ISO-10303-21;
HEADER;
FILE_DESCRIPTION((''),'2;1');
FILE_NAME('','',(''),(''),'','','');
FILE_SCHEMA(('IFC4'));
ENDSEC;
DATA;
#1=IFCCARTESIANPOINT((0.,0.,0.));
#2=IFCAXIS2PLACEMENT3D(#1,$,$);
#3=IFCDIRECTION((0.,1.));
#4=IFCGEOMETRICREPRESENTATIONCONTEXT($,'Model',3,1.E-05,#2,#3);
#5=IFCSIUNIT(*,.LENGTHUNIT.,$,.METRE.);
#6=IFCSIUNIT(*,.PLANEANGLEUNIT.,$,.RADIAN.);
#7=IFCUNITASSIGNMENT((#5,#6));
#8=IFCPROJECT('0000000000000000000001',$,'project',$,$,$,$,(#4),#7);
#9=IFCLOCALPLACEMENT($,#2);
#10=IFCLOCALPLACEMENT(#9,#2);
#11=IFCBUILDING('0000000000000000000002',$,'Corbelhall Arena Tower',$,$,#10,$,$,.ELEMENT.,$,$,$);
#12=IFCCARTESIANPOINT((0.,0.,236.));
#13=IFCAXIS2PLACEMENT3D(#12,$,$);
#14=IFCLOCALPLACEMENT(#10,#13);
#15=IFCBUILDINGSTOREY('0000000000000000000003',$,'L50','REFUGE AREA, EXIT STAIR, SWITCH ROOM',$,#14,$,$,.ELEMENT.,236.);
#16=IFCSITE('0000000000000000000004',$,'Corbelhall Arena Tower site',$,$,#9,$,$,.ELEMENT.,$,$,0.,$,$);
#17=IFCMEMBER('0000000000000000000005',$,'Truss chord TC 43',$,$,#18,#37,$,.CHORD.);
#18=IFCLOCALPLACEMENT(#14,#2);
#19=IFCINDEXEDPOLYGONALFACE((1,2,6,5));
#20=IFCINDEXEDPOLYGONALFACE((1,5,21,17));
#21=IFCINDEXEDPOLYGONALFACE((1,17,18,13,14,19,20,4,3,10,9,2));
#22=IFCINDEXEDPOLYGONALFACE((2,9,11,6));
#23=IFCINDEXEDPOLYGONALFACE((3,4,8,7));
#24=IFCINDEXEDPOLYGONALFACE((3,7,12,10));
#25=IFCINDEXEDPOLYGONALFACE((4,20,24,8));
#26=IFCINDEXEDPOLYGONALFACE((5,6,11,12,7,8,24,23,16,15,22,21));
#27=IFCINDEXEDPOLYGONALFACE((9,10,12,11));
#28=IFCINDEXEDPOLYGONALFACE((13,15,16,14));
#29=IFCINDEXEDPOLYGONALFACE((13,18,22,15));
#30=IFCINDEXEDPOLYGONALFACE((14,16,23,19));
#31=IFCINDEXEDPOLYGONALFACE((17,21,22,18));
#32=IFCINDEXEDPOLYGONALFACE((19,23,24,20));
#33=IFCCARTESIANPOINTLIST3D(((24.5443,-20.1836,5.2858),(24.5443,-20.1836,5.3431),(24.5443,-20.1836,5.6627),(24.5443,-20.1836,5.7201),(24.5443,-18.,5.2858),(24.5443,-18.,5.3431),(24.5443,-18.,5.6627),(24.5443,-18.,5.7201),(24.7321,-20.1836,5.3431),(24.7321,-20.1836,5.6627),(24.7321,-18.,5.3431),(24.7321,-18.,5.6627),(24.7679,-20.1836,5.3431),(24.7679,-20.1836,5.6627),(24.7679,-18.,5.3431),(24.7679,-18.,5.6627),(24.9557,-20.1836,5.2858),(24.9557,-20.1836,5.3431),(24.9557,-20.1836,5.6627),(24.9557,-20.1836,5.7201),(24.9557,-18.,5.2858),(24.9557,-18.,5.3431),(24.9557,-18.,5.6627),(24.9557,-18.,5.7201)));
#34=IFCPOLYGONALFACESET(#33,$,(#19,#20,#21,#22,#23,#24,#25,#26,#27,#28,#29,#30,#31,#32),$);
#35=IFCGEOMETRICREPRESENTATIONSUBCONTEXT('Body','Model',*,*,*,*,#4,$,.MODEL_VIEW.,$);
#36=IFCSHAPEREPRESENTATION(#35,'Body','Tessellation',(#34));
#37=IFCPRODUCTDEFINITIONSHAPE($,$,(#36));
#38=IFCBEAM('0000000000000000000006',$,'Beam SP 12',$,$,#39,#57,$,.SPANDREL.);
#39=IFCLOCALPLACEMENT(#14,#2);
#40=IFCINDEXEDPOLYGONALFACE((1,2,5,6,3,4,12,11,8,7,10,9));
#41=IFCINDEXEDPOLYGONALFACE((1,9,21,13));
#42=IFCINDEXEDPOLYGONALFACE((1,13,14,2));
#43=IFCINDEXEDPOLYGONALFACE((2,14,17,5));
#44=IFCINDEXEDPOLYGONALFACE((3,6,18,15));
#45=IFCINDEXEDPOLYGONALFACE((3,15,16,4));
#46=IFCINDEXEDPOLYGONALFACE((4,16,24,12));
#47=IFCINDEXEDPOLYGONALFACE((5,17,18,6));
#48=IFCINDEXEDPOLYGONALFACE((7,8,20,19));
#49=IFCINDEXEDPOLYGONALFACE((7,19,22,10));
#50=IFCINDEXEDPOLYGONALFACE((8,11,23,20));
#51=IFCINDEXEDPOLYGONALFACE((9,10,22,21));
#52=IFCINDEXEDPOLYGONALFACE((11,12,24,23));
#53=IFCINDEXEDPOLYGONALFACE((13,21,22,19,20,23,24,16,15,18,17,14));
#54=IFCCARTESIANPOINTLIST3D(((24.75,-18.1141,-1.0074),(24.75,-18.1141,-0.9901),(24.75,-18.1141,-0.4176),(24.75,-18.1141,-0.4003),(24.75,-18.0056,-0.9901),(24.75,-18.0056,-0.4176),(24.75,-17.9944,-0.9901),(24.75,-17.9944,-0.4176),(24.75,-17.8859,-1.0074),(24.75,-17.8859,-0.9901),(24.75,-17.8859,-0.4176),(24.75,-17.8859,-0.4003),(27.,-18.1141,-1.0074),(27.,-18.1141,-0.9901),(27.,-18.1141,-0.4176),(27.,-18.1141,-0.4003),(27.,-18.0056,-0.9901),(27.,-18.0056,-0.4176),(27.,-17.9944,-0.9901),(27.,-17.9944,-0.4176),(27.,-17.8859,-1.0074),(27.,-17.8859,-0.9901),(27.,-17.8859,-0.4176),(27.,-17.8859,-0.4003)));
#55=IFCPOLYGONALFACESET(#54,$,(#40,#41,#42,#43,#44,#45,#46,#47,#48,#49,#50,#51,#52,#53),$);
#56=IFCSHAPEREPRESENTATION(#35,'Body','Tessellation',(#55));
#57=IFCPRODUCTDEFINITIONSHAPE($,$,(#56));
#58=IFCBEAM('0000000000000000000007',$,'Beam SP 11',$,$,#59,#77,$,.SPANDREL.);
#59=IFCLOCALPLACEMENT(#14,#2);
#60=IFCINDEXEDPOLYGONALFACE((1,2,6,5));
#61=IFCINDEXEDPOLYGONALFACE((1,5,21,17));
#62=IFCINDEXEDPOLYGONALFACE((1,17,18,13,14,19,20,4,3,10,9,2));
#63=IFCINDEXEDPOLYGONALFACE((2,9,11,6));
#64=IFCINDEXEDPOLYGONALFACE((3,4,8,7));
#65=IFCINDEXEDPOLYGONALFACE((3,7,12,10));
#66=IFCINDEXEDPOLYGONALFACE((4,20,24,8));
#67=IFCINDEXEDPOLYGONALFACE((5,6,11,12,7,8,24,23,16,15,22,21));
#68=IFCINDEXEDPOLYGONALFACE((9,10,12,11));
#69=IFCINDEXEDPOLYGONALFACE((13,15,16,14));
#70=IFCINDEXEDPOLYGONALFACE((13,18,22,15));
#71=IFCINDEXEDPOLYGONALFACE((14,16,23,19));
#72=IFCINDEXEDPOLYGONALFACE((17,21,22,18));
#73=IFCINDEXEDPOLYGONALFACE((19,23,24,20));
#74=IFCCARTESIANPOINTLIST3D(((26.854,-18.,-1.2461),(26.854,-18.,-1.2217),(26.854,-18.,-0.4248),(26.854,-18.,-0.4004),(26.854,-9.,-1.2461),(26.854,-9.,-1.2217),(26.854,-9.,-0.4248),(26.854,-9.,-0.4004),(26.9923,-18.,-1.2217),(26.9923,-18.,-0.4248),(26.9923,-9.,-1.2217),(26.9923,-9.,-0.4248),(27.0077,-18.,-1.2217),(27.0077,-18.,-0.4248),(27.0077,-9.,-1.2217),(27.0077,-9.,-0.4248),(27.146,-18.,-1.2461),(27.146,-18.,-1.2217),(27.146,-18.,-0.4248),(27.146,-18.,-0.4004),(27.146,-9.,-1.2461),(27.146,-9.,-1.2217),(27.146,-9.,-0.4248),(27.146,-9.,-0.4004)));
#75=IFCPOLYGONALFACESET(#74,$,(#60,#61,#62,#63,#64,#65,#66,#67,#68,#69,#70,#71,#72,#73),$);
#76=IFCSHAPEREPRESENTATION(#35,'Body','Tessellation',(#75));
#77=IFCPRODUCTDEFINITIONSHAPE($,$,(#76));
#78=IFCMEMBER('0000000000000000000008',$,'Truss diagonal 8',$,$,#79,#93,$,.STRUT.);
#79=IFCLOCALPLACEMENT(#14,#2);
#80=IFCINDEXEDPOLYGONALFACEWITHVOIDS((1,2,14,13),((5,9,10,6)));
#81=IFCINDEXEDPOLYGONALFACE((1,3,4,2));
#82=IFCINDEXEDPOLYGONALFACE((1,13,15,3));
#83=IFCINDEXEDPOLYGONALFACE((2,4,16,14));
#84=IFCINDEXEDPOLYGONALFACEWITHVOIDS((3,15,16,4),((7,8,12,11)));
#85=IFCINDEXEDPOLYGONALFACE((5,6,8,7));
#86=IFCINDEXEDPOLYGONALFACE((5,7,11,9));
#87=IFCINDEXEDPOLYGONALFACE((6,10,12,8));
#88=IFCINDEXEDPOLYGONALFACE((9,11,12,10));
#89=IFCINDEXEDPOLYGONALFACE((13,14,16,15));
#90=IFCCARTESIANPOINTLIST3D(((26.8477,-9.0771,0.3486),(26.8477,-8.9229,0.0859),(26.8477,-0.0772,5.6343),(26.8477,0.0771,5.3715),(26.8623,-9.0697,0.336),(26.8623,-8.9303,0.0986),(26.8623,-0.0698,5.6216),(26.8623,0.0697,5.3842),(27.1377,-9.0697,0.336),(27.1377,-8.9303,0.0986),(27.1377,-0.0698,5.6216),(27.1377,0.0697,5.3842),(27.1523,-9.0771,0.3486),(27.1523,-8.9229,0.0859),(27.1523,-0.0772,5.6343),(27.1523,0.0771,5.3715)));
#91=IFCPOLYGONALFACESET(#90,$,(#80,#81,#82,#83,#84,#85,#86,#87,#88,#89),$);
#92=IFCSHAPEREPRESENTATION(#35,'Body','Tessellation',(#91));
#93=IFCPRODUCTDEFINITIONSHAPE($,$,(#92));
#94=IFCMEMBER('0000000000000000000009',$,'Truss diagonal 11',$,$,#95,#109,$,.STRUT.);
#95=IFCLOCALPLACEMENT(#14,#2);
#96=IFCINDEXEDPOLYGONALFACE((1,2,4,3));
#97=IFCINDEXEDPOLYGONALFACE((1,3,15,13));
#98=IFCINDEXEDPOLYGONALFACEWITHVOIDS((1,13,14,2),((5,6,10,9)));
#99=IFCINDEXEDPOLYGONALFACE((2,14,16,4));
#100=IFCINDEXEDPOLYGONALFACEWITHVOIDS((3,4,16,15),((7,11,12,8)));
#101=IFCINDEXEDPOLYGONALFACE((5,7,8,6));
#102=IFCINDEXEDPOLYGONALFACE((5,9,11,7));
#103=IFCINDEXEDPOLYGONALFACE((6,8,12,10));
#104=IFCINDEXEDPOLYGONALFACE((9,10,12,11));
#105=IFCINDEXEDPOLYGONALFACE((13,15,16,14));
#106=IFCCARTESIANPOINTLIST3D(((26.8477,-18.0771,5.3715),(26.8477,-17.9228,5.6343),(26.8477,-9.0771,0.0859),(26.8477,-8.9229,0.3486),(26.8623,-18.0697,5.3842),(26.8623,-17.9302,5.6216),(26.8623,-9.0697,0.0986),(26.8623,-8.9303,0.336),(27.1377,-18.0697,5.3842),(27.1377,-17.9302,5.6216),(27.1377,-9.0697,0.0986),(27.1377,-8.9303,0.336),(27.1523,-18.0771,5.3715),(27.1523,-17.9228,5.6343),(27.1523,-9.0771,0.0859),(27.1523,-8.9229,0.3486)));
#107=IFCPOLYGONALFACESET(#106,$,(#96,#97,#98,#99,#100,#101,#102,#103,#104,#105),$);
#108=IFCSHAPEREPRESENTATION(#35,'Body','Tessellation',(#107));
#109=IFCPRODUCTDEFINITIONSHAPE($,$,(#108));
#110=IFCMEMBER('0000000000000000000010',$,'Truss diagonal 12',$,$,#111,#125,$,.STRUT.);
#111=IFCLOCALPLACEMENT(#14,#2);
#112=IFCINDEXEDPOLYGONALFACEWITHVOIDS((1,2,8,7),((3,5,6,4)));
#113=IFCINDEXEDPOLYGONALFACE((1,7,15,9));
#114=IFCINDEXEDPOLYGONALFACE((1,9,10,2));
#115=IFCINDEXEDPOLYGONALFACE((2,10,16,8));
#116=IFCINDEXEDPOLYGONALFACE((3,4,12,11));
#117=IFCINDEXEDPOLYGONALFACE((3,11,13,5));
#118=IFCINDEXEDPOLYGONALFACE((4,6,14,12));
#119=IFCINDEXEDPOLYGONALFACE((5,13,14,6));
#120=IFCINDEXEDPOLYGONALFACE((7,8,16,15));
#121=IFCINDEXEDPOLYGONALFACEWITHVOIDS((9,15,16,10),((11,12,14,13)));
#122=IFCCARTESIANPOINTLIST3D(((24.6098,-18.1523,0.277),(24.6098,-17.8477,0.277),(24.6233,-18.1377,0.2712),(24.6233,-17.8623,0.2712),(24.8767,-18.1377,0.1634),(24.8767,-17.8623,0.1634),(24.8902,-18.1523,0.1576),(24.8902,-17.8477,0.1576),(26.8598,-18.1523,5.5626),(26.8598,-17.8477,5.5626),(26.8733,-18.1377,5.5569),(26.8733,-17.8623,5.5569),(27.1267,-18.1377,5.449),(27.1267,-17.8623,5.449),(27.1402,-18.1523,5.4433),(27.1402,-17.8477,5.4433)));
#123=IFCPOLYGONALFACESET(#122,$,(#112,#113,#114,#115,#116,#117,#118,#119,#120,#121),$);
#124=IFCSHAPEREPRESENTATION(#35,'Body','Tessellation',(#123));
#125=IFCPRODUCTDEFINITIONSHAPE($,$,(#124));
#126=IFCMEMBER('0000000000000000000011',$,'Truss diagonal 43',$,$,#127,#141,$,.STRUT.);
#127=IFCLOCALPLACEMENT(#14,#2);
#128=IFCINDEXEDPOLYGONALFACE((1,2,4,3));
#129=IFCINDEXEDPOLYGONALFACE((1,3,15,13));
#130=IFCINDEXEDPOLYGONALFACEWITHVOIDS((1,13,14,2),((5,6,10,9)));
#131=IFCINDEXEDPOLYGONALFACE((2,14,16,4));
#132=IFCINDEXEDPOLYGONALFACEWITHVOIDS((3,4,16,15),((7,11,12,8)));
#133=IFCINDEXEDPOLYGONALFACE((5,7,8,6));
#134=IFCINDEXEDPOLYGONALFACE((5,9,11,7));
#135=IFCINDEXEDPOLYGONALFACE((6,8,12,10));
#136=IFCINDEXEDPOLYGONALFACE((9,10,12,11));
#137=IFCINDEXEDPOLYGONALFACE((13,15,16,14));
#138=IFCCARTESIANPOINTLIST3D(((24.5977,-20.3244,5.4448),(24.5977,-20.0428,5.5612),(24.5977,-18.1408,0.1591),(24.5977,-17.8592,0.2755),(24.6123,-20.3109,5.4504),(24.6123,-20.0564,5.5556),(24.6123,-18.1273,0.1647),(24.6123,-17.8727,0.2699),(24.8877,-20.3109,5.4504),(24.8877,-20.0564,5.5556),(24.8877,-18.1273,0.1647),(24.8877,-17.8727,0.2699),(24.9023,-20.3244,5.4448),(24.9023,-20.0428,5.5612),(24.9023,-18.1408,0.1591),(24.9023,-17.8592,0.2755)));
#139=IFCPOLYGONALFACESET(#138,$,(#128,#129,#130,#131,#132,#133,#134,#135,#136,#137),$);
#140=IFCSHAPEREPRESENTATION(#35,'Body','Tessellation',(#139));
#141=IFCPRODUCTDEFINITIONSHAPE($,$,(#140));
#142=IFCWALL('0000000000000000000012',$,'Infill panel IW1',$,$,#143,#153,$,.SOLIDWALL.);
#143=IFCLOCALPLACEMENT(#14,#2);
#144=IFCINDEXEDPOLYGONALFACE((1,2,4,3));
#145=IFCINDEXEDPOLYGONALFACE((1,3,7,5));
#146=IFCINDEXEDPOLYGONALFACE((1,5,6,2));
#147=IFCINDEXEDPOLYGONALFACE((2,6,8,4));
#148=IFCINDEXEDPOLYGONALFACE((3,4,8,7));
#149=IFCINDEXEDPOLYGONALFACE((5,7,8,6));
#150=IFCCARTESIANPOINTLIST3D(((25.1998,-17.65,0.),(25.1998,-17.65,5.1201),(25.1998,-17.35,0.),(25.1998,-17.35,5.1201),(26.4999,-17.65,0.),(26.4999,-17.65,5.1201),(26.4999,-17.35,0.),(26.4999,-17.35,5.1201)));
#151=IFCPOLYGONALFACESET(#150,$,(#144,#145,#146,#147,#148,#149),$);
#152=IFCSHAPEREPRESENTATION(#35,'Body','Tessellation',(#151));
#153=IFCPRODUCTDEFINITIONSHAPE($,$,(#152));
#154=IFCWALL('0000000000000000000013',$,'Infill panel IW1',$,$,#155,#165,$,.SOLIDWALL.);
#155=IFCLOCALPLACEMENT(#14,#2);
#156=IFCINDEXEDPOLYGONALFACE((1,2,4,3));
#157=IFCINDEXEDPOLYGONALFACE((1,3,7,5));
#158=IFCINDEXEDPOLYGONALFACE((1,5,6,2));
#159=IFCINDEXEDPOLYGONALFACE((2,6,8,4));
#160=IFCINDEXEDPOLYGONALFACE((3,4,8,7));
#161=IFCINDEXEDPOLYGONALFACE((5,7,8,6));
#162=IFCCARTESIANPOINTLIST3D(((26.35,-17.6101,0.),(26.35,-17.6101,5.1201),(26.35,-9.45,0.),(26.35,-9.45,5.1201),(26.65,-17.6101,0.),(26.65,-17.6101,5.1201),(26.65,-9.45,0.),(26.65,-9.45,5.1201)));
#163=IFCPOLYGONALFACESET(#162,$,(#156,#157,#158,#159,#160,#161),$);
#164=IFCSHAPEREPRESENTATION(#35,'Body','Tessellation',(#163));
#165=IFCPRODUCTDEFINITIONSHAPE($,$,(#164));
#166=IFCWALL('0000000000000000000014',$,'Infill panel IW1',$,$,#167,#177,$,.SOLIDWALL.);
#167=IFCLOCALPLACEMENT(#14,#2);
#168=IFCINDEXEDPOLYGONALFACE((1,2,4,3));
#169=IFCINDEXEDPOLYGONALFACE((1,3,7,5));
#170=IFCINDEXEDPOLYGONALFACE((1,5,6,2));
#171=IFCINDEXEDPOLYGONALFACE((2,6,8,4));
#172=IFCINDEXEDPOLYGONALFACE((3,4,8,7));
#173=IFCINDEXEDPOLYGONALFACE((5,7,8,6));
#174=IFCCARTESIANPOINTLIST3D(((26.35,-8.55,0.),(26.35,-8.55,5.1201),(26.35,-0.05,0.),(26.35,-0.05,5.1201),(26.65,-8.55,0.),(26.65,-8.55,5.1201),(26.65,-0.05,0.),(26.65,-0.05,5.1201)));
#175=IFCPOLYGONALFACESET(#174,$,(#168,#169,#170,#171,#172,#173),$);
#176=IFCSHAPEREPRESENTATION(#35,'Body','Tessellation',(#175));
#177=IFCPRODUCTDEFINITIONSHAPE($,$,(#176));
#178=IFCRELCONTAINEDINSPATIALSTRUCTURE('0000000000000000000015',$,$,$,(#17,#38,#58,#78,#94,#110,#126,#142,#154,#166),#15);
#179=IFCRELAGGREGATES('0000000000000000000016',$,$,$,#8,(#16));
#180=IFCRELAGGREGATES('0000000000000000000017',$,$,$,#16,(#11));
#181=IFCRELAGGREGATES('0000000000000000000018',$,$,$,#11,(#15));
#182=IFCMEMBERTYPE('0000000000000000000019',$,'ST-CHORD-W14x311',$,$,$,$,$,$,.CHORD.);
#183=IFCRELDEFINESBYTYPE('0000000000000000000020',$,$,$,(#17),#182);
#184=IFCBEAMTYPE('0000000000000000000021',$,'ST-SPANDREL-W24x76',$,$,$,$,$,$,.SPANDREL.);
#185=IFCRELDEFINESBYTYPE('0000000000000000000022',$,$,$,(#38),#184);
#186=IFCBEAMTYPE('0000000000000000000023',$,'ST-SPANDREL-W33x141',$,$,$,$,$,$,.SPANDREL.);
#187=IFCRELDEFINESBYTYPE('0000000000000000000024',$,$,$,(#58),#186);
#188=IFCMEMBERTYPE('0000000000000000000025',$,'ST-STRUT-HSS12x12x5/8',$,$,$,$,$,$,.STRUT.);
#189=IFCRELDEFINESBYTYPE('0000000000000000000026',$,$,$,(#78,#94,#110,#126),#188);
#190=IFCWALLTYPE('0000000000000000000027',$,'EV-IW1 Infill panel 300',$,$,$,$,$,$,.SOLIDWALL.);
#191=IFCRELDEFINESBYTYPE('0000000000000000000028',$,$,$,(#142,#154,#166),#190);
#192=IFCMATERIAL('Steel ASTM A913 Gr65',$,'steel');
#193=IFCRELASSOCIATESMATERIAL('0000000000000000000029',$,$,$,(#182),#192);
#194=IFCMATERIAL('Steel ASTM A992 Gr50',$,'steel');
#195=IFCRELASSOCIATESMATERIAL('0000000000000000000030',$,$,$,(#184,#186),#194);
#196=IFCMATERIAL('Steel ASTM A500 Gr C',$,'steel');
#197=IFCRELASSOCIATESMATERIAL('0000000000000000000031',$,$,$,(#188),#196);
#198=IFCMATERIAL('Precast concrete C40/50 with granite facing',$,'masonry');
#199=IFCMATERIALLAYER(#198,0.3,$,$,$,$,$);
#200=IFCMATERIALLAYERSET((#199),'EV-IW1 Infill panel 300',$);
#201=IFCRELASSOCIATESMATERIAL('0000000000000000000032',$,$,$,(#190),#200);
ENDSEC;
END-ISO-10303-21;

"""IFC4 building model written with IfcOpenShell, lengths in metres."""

from ifc_helpers import new_model, si_unit, direction, frame, frame_2d, origin, origin_2d, place, context, subcontext, project, spatial, rectangle, hollow_rectangle, i_section, extrude, material, layer, layer_set, material_profile, profile_set, type_object, element, save


model = new_model("IFC4")

# Units and contexts
model_context = context("Model", 3, precision=1e-05, world=origin(), true_north=direction((0.0, 1.0)))
body_context = subcontext(model_context, "Body", "Model", "MODEL_VIEW")
ifc_project = project(units=[si_unit("LENGTHUNIT", "METRE"), si_unit("PLANEANGLEUNIT", "RADIAN")], contexts=[model_context])

# Site, building, storey
site_placement = place(None, origin())
site = spatial("IfcSite", under=ifc_project, at=site_placement, Name="Corbelhall Arena Tower site", CompositionType="ELEMENT", RefElevation=0.0)
building_placement = place(site_placement, origin())
building = spatial("IfcBuilding", under=site, at=building_placement, Name="Corbelhall Arena Tower", CompositionType="ELEMENT")
storey_placement = place(building_placement, frame((0.0, 0.0, 236.0)))
storey = spatial("IfcBuildingStorey", under=building, at=storey_placement, Name="L50", Description="REFUGE AREA, EXIT STAIR, SWITCH ROOM", CompositionType="ELEMENT", Elevation=236.0)

# Shared definitions
ifc_material_1 = material(Name="Steel ASTM A992 Gr50", Category="steel")

# Member
ifc_material_2 = material(Name="Steel ASTM A913 Gr65", Category="steel")
ifc_material_profile_1 = material_profile(ifc_material_2, i_section(OverallWidth=0.4114, OverallDepth=0.4343, WebThickness=0.0359, FlangeThickness=0.0574, at=origin_2d()))
ifc_profile_set_1 = profile_set([ifc_material_profile_1], Name="Steel ASTM A913 Gr65")
member_type_1 = type_object("IfcMemberType", Name="ST-CHORD-W14x311", PredefinedType="CHORD", material=ifc_profile_set_1)
member_1_placement = place(storey_placement, frame((24.75, -18.0, 5.5029), z_axis=(0.0, -1.0, 0.0), x_axis=(1.0, 0.0, 0.0)))
element("IfcMember", 1, at=member_1_placement, inside=storey, type_object=member_type_1, Name="Truss chord TC 43", PredefinedType="CHORD", context=body_context, shape_type="SweptSolid", body=[
    extrude(i_section(OverallWidth=0.4114, OverallDepth=0.4343, WebThickness=0.0359, FlangeThickness=0.0574, at=origin_2d()), origin(), (0.0, 0.0, 1.0), 2.1836),
])

# Beams
ifc_material_profile_2 = material_profile(ifc_material_1, i_section(OverallWidth=0.2283, OverallDepth=0.6072, WebThickness=0.0112, FlangeThickness=0.0173, at=origin_2d()))
ifc_profile_set_2 = profile_set([ifc_material_profile_2], Name="Steel ASTM A992 Gr50")
beam_type_1 = type_object("IfcBeamType", Name="ST-SPANDREL-W24x76", PredefinedType="SPANDREL", material=ifc_profile_set_2)
beam_1_placement = place(storey_placement, frame((27.0, -18.0, -0.7039), z_axis=(-1.0, 0.0, 0.0), x_axis=(0.0, -1.0, 0.0)))
element("IfcBeam", 2, at=beam_1_placement, inside=storey, type_object=beam_type_1, Name="Beam SP 12", PredefinedType="SPANDREL", context=body_context, shape_type="SweptSolid", body=[
    extrude(i_section(OverallWidth=0.2283, OverallDepth=0.6072, WebThickness=0.0112, FlangeThickness=0.0173, at=origin_2d()), origin(), (0.0, 0.0, 1.0), 2.25),
])
ifc_material_profile_3 = material_profile(ifc_material_1, i_section(OverallWidth=0.292, OverallDepth=0.8457, WebThickness=0.0154, FlangeThickness=0.0244, at=origin_2d()))
ifc_profile_set_3 = profile_set([ifc_material_profile_3], Name="Steel ASTM A992 Gr50")
beam_type_2 = type_object("IfcBeamType", Name="ST-SPANDREL-W33x141", PredefinedType="SPANDREL", material=ifc_profile_set_3)
beam_2_placement = place(storey_placement, frame((27.0, -9.0, -0.8232), z_axis=(0.0, -1.0, 0.0), x_axis=(1.0, 0.0, 0.0)))
element("IfcBeam", 3, at=beam_2_placement, inside=storey, type_object=beam_type_2, Name="Beam SP 11", PredefinedType="SPANDREL", context=body_context, shape_type="SweptSolid", body=[
    extrude(i_section(OverallWidth=0.292, OverallDepth=0.8457, WebThickness=0.0154, FlangeThickness=0.0244, at=origin_2d()), origin(), (0.0, 0.0, 1.0), 9.0),
])

# Members
ifc_material_3 = material(Name="Steel ASTM A500 Gr C", Category="steel")
ifc_material_profile_4 = material_profile(ifc_material_3, hollow_rectangle(XDim=0.3047, YDim=0.3047, WallThickness=0.0146, at=origin_2d()))
ifc_profile_set_4 = profile_set([ifc_material_profile_4], Name="Steel ASTM A500 Gr C")
member_type_2 = type_object("IfcMemberType", Name="ST-STRUT-HSS12x12x5/8", PredefinedType="STRUT", material=ifc_profile_set_4)
for number, where, z_axis, x_axis, name in (
    (4, (27.0, -9.0, 0.2173), (0.0, 0.862289, 0.506417), (-1.0, 0.0, 0.0), "Truss diagonal 8"),
    (5, (27.0, -9.0, 0.2173), (0.0, -0.862289, 0.506417), (1.0, 0.0, 0.0), "Truss diagonal 11"),
):
    element("IfcMember", number, at=place(storey_placement, frame(where, z_axis=z_axis, x_axis=x_axis)), inside=storey, type_object=member_type_2, Name=name, PredefinedType="STRUT", context=body_context, shape_type="SweptSolid", body=[
        extrude(hollow_rectangle(XDim=0.3047, YDim=0.3047, WallThickness=0.0146, at=origin_2d()), origin(), (0.0, 0.0, 1.0), 10.4373),
    ])
member_2_placement = place(storey_placement, frame((24.75, -18.0, 0.2173), z_axis=(0.391672, 0.0, 0.920105), x_axis=(0.0, 1.0, 0.0)))
element("IfcMember", 6, at=member_2_placement, inside=storey, type_object=member_type_2, Name="Truss diagonal 12", PredefinedType="STRUT", context=body_context, shape_type="SweptSolid", body=[
    extrude(hollow_rectangle(XDim=0.3047, YDim=0.3047, WallThickness=0.0146, at=origin_2d()), origin(), (0.0, 0.0, 1.0), 5.7446),
])
member_3_placement = place(storey_placement, frame((24.75, -18.0, 0.2173), z_axis=(0.0, -0.381819, 0.924237), x_axis=(1.0, 0.0, 0.0)))
element("IfcMember", 7, at=member_3_placement, inside=storey, type_object=member_type_2, Name="Truss diagonal 43", PredefinedType="STRUT", context=body_context, shape_type="SweptSolid", body=[
    extrude(hollow_rectangle(XDim=0.3047, YDim=0.3047, WallThickness=0.0146, at=origin_2d()), origin(), (0.0, 0.0, 1.0), 5.719),
])

# Walls
ifc_material_4 = material(Name="Precast concrete C40/50 with granite facing", Category="masonry")
ifc_layer_1 = layer(ifc_material_4, 0.3)
ifc_layer_set_1 = layer_set([ifc_layer_1], Name="EV-IW1 Infill panel 300")
wall_type_1 = type_object("IfcWallType", Name="EV-IW1 Infill panel 300", PredefinedType="SOLIDWALL", material=ifc_layer_set_1)
wall_1_placement = place(storey_placement, frame((25.2, -17.5, 0.0), z_axis=(0.0, 0.0, 1.0), x_axis=(1.0, 0.0, 0.0)))
element("IfcWall", 8, at=wall_1_placement, inside=storey, type_object=wall_type_1, Name="Infill panel IW1", PredefinedType="SOLIDWALL", context=body_context, shape_type="SweptSolid", body=[
    extrude(rectangle(XDim=1.3, YDim=0.3, at=frame_2d((0.6499, 0.0))), origin(), (0.0, 0.0, 1.0), 5.1201),
])
wall_2_placement = place(storey_placement, frame((26.5, -17.6101, 0.0), z_axis=(0.0, 0.0, 1.0), x_axis=(0.0, 1.0, 0.0)))
element("IfcWall", 9, at=wall_2_placement, inside=storey, type_object=wall_type_1, Name="Infill panel IW1", PredefinedType="SOLIDWALL", context=body_context, shape_type="SweptSolid", body=[
    extrude(rectangle(XDim=8.1602, YDim=0.3, at=frame_2d((4.0801, 0.0))), origin(), (0.0, 0.0, 1.0), 5.1201),
])
wall_3_placement = place(storey_placement, frame((26.5, -8.55, 0.0), z_axis=(0.0, 0.0, 1.0), x_axis=(0.0, 1.0, 0.0)))
element("IfcWall", 10, at=wall_3_placement, inside=storey, type_object=wall_type_1, Name="Infill panel IW1", PredefinedType="SOLIDWALL", context=body_context, shape_type="SweptSolid", body=[
    extrude(rectangle(XDim=8.5, YDim=0.3, at=frame_2d((4.25, 0.0))), origin(), (0.0, 0.0, 1.0), 5.1201),
])

save(model, "model.ifc")
